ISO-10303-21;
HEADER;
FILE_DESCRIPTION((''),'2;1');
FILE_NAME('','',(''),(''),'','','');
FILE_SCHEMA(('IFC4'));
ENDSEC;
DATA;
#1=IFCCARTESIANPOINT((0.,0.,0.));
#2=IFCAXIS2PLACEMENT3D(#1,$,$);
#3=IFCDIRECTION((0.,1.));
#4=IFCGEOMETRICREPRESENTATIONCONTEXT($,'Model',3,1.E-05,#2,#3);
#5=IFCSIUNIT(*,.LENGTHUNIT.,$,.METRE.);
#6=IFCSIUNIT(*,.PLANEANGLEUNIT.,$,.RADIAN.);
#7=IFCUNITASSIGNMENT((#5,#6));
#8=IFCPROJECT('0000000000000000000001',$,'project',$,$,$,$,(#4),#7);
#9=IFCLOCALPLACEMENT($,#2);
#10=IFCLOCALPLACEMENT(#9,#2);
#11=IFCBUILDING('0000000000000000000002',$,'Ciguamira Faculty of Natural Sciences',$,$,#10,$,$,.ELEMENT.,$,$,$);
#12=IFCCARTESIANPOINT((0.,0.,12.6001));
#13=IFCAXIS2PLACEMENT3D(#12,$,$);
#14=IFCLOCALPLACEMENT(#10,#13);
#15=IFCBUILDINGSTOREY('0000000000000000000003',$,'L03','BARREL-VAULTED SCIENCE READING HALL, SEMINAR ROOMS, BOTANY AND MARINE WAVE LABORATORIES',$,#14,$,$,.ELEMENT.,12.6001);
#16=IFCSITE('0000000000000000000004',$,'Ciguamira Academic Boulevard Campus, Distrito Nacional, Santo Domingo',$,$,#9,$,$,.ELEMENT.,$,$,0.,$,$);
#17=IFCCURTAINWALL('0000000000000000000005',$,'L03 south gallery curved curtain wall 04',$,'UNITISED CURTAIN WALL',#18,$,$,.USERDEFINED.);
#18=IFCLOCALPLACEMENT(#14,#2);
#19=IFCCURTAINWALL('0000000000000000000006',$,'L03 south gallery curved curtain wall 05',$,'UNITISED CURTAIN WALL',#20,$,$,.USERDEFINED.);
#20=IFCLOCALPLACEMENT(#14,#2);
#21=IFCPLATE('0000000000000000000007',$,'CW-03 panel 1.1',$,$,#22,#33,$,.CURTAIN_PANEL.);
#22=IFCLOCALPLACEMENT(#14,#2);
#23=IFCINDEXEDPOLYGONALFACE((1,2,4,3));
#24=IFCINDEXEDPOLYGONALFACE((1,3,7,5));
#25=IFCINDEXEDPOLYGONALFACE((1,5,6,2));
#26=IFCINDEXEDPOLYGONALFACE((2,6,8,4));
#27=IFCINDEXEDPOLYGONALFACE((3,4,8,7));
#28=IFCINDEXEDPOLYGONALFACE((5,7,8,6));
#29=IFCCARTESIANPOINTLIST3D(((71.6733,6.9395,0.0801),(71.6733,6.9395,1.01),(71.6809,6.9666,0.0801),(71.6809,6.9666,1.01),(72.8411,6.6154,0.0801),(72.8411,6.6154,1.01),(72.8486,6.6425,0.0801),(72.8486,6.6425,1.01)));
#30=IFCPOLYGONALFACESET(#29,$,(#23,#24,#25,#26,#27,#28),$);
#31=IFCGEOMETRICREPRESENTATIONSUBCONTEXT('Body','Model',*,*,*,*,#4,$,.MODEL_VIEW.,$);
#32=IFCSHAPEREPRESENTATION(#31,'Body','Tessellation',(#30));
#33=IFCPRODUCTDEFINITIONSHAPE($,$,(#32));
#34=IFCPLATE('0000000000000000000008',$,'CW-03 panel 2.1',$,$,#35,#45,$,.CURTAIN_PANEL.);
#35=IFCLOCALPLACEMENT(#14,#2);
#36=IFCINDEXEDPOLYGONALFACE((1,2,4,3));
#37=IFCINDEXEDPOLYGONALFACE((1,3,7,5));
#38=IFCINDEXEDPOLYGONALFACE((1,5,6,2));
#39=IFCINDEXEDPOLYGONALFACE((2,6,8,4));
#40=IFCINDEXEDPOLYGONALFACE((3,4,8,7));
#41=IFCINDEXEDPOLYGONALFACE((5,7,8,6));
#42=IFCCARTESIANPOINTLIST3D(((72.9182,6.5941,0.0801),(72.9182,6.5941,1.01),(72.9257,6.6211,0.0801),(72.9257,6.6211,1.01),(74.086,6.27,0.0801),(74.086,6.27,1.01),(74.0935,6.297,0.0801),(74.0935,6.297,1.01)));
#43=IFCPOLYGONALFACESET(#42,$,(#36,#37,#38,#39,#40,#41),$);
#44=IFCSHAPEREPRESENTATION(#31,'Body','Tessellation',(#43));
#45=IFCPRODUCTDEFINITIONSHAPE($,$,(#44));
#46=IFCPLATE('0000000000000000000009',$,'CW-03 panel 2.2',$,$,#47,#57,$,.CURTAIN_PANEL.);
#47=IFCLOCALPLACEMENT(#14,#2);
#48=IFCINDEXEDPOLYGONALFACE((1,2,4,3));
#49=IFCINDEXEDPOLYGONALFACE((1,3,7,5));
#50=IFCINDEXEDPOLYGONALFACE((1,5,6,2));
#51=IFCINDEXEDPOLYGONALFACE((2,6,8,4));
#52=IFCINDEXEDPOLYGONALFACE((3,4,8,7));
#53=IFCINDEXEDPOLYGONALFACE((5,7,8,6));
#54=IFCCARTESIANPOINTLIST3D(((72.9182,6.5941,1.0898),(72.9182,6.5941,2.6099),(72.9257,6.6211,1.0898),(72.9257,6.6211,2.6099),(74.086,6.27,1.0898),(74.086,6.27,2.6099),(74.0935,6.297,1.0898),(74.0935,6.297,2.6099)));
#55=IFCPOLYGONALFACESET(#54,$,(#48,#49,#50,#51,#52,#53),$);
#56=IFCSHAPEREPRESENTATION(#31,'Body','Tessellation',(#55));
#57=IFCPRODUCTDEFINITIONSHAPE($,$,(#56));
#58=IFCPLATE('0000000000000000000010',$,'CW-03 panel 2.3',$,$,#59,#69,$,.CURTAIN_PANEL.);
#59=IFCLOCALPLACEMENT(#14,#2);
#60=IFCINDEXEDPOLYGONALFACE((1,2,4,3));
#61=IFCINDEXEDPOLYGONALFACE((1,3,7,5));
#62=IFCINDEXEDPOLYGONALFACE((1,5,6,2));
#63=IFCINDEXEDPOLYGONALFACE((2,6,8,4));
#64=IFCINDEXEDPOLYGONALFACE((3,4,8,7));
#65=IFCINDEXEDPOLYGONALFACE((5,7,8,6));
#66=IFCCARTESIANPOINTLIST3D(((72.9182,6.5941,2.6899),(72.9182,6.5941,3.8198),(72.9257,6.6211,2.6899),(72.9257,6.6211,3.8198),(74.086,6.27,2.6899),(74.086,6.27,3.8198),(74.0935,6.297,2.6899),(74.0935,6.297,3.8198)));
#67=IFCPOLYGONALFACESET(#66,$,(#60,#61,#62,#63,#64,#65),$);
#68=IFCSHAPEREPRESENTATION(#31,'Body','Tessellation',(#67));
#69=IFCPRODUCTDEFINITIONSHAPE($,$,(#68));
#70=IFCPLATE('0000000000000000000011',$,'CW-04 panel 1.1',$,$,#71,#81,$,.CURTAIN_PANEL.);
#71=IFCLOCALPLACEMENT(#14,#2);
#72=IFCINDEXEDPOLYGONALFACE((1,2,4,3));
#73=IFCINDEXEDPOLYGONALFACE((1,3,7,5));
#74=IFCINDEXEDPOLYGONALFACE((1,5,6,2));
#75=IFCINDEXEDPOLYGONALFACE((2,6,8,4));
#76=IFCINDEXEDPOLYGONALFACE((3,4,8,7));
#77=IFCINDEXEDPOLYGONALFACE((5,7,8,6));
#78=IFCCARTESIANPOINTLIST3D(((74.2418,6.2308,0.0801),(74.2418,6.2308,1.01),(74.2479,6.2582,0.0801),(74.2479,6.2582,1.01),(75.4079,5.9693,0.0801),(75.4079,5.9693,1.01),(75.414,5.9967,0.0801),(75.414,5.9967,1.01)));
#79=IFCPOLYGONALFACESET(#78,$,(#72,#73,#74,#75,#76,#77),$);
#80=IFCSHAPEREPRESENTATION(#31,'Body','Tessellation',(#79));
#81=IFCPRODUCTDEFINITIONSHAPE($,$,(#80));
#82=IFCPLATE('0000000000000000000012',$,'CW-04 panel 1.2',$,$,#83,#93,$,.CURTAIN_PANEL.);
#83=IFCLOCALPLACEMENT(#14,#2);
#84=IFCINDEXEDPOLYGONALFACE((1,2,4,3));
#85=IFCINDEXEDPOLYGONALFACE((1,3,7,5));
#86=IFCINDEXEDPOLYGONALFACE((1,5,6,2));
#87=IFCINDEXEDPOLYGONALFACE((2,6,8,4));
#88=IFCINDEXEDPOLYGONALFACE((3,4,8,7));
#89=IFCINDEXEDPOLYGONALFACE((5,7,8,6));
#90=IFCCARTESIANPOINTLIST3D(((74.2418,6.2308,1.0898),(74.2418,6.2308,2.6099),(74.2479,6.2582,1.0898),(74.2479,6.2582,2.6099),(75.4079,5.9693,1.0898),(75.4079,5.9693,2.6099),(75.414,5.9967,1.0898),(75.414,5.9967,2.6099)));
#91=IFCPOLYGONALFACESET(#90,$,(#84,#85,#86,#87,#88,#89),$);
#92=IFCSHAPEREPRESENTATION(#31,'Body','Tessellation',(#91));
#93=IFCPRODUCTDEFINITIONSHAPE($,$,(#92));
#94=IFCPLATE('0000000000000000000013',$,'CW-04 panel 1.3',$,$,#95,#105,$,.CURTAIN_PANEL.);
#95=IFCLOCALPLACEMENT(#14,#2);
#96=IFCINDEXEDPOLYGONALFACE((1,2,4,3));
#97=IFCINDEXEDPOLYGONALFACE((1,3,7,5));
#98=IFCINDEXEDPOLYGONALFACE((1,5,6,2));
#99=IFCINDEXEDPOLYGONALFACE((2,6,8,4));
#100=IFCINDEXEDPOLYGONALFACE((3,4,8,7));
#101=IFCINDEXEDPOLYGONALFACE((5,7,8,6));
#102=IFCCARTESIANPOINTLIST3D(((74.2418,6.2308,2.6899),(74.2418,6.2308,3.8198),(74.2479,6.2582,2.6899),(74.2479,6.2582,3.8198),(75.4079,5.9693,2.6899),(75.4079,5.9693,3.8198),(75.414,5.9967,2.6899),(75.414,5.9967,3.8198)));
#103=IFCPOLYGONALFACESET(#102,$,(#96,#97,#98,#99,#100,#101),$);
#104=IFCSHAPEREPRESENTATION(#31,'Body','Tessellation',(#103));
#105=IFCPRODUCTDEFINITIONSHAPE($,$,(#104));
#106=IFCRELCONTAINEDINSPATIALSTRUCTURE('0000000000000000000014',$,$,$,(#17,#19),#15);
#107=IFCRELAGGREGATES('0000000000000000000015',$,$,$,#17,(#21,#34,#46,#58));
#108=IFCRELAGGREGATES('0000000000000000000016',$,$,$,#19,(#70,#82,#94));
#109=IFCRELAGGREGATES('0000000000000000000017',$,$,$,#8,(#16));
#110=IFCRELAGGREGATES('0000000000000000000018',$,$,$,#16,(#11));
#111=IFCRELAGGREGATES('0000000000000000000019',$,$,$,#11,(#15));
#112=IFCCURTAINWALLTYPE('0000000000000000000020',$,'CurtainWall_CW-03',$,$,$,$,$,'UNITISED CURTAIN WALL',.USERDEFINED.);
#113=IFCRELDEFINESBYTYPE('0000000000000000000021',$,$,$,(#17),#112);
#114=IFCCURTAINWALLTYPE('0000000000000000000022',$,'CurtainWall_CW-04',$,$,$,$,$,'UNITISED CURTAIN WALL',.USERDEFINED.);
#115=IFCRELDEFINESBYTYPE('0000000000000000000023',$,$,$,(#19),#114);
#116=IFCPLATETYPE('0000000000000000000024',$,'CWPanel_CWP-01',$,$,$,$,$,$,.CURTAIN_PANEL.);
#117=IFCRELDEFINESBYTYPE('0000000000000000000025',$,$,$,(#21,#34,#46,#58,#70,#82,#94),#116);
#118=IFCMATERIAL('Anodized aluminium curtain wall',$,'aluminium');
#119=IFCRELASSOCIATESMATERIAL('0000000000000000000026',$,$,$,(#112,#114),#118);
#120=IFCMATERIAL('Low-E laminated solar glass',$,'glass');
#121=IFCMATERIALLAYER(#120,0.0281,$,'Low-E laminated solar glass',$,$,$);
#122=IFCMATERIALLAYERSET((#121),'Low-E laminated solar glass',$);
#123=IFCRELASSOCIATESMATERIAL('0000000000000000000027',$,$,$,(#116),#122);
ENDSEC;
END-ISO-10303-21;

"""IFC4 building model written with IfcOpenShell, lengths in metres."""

from ifc_helpers import new_model, si_unit, direction, frame, origin, origin_2d, place, context, subcontext, project, spatial, rectangle, extrude, material, layer, layer_set, type_object, element, aggregate, save


model = new_model("IFC4")

# Units and contexts
model_context = context("Model", 3, precision=1e-05, world=origin(), true_north=direction((0.0, 1.0)))
body_context = subcontext(model_context, "Body", "Model", "MODEL_VIEW")
ifc_project = project(units=[si_unit("LENGTHUNIT", "METRE"), si_unit("PLANEANGLEUNIT", "RADIAN")], contexts=[model_context])

# Site, building, storey
site_placement = place(None, origin())
site = spatial("IfcSite", under=ifc_project, at=site_placement, Name="Ciguamira Academic Boulevard Campus, Distrito Nacional, Santo Domingo", CompositionType="ELEMENT", RefElevation=0.0)
building_placement = place(site_placement, origin())
building = spatial("IfcBuilding", under=site, at=building_placement, Name="Ciguamira Faculty of Natural Sciences", CompositionType="ELEMENT")
storey_placement = place(building_placement, frame((0.0, 0.0, 12.6001)))
storey = spatial("IfcBuildingStorey", under=building, at=storey_placement, Name="L03", Description="BARREL-VAULTED SCIENCE READING HALL, SEMINAR ROOMS, BOTANY AND MARINE WAVE LABORATORIES", CompositionType="ELEMENT", Elevation=12.6001)

# Curtain walls
ifc_material_1 = material(Name="Anodized aluminium curtain wall", Category="aluminium")
curtain_wall_type_1 = type_object("IfcCurtainWallType", Name="CurtainWall_CW-03", ElementType="UNITISED CURTAIN WALL", PredefinedType="USERDEFINED", material=ifc_material_1)
curtain_wall_1_placement = place(storey_placement, origin())
curtain_wall_1 = element("IfcCurtainWall", 1, at=curtain_wall_1_placement, inside=storey, type_object=curtain_wall_type_1, Name="L03 south gallery curved curtain wall 04", ObjectType="UNITISED CURTAIN WALL", PredefinedType="USERDEFINED")
curtain_wall_type_2 = type_object("IfcCurtainWallType", Name="CurtainWall_CW-04", ElementType="UNITISED CURTAIN WALL", PredefinedType="USERDEFINED", material=ifc_material_1)
curtain_wall_2_placement = place(storey_placement, origin())
curtain_wall_2 = element("IfcCurtainWall", 2, at=curtain_wall_2_placement, inside=storey, type_object=curtain_wall_type_2, Name="L03 south gallery curved curtain wall 05", ObjectType="UNITISED CURTAIN WALL", PredefinedType="USERDEFINED")

# Plates
ifc_material_2 = material(Name="Low-E laminated solar glass", Category="glass")
ifc_layer = layer(ifc_material_2, 0.0281, Name="Low-E laminated solar glass")
ifc_layer_set = layer_set([ifc_layer], Name="Low-E laminated solar glass")
plate_type = type_object("IfcPlateType", Name="CWPanel_CWP-01", PredefinedType="CURTAIN_PANEL", material=ifc_layer_set)
plate_1_placement = place(storey_placement, frame((72.261, 6.791, 0.0801), z_axis=(0.0, 0.0, 1.0), x_axis=(0.963573, -0.267444, 0.0)))
plate_1 = element("IfcPlate", 3, at=plate_1_placement, type_object=plate_type, Name="CW-03 panel 1.1", PredefinedType="CURTAIN_PANEL", context=body_context, shape_type="SweptSolid", body=[
    extrude(rectangle(XDim=1.2119, YDim=0.0281, at=origin_2d()), origin(), (0.0, 0.0, 1.0), 0.9299),
])
plate_2_placement = place(storey_placement, frame((73.5059, 6.4456, 0.0801), z_axis=(0.0, 0.0, 1.0), x_axis=(0.963573, -0.267444, 0.0)))
plate_2 = element("IfcPlate", 4, at=plate_2_placement, type_object=plate_type, Name="CW-03 panel 2.1", PredefinedType="CURTAIN_PANEL", context=body_context, shape_type="SweptSolid", body=[
    extrude(rectangle(XDim=1.2119, YDim=0.0281, at=origin_2d()), origin(), (0.0, 0.0, 1.0), 0.9299),
])
plate_3_placement = place(storey_placement, frame((73.5059, 6.4456, 1.0898), z_axis=(0.0, 0.0, 1.0), x_axis=(0.963573, -0.267444, 0.0)))
plate_3 = element("IfcPlate", 5, at=plate_3_placement, type_object=plate_type, Name="CW-03 panel 2.2", PredefinedType="CURTAIN_PANEL", context=body_context, shape_type="SweptSolid", body=[
    extrude(rectangle(XDim=1.2119, YDim=0.0281, at=origin_2d()), origin(), (0.0, 0.0, 1.0), 1.52),
])
plate_4_placement = place(storey_placement, frame((73.5059, 6.4456, 2.6899), z_axis=(0.0, 0.0, 1.0), x_axis=(0.963573, -0.267444, 0.0)))
plate_4 = element("IfcPlate", 6, at=plate_4_placement, type_object=plate_type, Name="CW-03 panel 2.3", PredefinedType="CURTAIN_PANEL", context=body_context, shape_type="SweptSolid", body=[
    extrude(rectangle(XDim=1.2119, YDim=0.0281, at=origin_2d()), origin(), (0.0, 0.0, 1.0), 1.1299),
])
aggregate(curtain_wall_1, [plate_1, plate_2, plate_3, plate_4])
plate_5_placement = place(storey_placement, frame((74.8279, 6.1138, 0.0801), z_axis=(0.0, 0.0, 1.0), x_axis=(0.975763, -0.21883, 0.0)))
plate_5 = element("IfcPlate", 7, at=plate_5_placement, type_object=plate_type, Name="CW-04 panel 1.1", PredefinedType="CURTAIN_PANEL", context=body_context, shape_type="SweptSolid", body=[
    extrude(rectangle(XDim=1.1951, YDim=0.0281, at=origin_2d()), origin(), (0.0, 0.0, 1.0), 0.9299),
])
plate_6_placement = place(storey_placement, frame((74.8279, 6.1138, 1.0898), z_axis=(0.0, 0.0, 1.0), x_axis=(0.975763, -0.21883, 0.0)))
plate_6 = element("IfcPlate", 8, at=plate_6_placement, type_object=plate_type, Name="CW-04 panel 1.2", PredefinedType="CURTAIN_PANEL", context=body_context, shape_type="SweptSolid", body=[
    extrude(rectangle(XDim=1.1951, YDim=0.0281, at=origin_2d()), origin(), (0.0, 0.0, 1.0), 1.52),
])
plate_7_placement = place(storey_placement, frame((74.8279, 6.1138, 2.6899), z_axis=(0.0, 0.0, 1.0), x_axis=(0.975763, -0.21883, 0.0)))
plate_7 = element("IfcPlate", 9, at=plate_7_placement, type_object=plate_type, Name="CW-04 panel 1.3", PredefinedType="CURTAIN_PANEL", context=body_context, shape_type="SweptSolid", body=[
    extrude(rectangle(XDim=1.1951, YDim=0.0281, at=origin_2d()), origin(), (0.0, 0.0, 1.0), 1.1299),
])
aggregate(curtain_wall_2, [plate_5, plate_6, plate_7])

save(model, "model.ifc")
